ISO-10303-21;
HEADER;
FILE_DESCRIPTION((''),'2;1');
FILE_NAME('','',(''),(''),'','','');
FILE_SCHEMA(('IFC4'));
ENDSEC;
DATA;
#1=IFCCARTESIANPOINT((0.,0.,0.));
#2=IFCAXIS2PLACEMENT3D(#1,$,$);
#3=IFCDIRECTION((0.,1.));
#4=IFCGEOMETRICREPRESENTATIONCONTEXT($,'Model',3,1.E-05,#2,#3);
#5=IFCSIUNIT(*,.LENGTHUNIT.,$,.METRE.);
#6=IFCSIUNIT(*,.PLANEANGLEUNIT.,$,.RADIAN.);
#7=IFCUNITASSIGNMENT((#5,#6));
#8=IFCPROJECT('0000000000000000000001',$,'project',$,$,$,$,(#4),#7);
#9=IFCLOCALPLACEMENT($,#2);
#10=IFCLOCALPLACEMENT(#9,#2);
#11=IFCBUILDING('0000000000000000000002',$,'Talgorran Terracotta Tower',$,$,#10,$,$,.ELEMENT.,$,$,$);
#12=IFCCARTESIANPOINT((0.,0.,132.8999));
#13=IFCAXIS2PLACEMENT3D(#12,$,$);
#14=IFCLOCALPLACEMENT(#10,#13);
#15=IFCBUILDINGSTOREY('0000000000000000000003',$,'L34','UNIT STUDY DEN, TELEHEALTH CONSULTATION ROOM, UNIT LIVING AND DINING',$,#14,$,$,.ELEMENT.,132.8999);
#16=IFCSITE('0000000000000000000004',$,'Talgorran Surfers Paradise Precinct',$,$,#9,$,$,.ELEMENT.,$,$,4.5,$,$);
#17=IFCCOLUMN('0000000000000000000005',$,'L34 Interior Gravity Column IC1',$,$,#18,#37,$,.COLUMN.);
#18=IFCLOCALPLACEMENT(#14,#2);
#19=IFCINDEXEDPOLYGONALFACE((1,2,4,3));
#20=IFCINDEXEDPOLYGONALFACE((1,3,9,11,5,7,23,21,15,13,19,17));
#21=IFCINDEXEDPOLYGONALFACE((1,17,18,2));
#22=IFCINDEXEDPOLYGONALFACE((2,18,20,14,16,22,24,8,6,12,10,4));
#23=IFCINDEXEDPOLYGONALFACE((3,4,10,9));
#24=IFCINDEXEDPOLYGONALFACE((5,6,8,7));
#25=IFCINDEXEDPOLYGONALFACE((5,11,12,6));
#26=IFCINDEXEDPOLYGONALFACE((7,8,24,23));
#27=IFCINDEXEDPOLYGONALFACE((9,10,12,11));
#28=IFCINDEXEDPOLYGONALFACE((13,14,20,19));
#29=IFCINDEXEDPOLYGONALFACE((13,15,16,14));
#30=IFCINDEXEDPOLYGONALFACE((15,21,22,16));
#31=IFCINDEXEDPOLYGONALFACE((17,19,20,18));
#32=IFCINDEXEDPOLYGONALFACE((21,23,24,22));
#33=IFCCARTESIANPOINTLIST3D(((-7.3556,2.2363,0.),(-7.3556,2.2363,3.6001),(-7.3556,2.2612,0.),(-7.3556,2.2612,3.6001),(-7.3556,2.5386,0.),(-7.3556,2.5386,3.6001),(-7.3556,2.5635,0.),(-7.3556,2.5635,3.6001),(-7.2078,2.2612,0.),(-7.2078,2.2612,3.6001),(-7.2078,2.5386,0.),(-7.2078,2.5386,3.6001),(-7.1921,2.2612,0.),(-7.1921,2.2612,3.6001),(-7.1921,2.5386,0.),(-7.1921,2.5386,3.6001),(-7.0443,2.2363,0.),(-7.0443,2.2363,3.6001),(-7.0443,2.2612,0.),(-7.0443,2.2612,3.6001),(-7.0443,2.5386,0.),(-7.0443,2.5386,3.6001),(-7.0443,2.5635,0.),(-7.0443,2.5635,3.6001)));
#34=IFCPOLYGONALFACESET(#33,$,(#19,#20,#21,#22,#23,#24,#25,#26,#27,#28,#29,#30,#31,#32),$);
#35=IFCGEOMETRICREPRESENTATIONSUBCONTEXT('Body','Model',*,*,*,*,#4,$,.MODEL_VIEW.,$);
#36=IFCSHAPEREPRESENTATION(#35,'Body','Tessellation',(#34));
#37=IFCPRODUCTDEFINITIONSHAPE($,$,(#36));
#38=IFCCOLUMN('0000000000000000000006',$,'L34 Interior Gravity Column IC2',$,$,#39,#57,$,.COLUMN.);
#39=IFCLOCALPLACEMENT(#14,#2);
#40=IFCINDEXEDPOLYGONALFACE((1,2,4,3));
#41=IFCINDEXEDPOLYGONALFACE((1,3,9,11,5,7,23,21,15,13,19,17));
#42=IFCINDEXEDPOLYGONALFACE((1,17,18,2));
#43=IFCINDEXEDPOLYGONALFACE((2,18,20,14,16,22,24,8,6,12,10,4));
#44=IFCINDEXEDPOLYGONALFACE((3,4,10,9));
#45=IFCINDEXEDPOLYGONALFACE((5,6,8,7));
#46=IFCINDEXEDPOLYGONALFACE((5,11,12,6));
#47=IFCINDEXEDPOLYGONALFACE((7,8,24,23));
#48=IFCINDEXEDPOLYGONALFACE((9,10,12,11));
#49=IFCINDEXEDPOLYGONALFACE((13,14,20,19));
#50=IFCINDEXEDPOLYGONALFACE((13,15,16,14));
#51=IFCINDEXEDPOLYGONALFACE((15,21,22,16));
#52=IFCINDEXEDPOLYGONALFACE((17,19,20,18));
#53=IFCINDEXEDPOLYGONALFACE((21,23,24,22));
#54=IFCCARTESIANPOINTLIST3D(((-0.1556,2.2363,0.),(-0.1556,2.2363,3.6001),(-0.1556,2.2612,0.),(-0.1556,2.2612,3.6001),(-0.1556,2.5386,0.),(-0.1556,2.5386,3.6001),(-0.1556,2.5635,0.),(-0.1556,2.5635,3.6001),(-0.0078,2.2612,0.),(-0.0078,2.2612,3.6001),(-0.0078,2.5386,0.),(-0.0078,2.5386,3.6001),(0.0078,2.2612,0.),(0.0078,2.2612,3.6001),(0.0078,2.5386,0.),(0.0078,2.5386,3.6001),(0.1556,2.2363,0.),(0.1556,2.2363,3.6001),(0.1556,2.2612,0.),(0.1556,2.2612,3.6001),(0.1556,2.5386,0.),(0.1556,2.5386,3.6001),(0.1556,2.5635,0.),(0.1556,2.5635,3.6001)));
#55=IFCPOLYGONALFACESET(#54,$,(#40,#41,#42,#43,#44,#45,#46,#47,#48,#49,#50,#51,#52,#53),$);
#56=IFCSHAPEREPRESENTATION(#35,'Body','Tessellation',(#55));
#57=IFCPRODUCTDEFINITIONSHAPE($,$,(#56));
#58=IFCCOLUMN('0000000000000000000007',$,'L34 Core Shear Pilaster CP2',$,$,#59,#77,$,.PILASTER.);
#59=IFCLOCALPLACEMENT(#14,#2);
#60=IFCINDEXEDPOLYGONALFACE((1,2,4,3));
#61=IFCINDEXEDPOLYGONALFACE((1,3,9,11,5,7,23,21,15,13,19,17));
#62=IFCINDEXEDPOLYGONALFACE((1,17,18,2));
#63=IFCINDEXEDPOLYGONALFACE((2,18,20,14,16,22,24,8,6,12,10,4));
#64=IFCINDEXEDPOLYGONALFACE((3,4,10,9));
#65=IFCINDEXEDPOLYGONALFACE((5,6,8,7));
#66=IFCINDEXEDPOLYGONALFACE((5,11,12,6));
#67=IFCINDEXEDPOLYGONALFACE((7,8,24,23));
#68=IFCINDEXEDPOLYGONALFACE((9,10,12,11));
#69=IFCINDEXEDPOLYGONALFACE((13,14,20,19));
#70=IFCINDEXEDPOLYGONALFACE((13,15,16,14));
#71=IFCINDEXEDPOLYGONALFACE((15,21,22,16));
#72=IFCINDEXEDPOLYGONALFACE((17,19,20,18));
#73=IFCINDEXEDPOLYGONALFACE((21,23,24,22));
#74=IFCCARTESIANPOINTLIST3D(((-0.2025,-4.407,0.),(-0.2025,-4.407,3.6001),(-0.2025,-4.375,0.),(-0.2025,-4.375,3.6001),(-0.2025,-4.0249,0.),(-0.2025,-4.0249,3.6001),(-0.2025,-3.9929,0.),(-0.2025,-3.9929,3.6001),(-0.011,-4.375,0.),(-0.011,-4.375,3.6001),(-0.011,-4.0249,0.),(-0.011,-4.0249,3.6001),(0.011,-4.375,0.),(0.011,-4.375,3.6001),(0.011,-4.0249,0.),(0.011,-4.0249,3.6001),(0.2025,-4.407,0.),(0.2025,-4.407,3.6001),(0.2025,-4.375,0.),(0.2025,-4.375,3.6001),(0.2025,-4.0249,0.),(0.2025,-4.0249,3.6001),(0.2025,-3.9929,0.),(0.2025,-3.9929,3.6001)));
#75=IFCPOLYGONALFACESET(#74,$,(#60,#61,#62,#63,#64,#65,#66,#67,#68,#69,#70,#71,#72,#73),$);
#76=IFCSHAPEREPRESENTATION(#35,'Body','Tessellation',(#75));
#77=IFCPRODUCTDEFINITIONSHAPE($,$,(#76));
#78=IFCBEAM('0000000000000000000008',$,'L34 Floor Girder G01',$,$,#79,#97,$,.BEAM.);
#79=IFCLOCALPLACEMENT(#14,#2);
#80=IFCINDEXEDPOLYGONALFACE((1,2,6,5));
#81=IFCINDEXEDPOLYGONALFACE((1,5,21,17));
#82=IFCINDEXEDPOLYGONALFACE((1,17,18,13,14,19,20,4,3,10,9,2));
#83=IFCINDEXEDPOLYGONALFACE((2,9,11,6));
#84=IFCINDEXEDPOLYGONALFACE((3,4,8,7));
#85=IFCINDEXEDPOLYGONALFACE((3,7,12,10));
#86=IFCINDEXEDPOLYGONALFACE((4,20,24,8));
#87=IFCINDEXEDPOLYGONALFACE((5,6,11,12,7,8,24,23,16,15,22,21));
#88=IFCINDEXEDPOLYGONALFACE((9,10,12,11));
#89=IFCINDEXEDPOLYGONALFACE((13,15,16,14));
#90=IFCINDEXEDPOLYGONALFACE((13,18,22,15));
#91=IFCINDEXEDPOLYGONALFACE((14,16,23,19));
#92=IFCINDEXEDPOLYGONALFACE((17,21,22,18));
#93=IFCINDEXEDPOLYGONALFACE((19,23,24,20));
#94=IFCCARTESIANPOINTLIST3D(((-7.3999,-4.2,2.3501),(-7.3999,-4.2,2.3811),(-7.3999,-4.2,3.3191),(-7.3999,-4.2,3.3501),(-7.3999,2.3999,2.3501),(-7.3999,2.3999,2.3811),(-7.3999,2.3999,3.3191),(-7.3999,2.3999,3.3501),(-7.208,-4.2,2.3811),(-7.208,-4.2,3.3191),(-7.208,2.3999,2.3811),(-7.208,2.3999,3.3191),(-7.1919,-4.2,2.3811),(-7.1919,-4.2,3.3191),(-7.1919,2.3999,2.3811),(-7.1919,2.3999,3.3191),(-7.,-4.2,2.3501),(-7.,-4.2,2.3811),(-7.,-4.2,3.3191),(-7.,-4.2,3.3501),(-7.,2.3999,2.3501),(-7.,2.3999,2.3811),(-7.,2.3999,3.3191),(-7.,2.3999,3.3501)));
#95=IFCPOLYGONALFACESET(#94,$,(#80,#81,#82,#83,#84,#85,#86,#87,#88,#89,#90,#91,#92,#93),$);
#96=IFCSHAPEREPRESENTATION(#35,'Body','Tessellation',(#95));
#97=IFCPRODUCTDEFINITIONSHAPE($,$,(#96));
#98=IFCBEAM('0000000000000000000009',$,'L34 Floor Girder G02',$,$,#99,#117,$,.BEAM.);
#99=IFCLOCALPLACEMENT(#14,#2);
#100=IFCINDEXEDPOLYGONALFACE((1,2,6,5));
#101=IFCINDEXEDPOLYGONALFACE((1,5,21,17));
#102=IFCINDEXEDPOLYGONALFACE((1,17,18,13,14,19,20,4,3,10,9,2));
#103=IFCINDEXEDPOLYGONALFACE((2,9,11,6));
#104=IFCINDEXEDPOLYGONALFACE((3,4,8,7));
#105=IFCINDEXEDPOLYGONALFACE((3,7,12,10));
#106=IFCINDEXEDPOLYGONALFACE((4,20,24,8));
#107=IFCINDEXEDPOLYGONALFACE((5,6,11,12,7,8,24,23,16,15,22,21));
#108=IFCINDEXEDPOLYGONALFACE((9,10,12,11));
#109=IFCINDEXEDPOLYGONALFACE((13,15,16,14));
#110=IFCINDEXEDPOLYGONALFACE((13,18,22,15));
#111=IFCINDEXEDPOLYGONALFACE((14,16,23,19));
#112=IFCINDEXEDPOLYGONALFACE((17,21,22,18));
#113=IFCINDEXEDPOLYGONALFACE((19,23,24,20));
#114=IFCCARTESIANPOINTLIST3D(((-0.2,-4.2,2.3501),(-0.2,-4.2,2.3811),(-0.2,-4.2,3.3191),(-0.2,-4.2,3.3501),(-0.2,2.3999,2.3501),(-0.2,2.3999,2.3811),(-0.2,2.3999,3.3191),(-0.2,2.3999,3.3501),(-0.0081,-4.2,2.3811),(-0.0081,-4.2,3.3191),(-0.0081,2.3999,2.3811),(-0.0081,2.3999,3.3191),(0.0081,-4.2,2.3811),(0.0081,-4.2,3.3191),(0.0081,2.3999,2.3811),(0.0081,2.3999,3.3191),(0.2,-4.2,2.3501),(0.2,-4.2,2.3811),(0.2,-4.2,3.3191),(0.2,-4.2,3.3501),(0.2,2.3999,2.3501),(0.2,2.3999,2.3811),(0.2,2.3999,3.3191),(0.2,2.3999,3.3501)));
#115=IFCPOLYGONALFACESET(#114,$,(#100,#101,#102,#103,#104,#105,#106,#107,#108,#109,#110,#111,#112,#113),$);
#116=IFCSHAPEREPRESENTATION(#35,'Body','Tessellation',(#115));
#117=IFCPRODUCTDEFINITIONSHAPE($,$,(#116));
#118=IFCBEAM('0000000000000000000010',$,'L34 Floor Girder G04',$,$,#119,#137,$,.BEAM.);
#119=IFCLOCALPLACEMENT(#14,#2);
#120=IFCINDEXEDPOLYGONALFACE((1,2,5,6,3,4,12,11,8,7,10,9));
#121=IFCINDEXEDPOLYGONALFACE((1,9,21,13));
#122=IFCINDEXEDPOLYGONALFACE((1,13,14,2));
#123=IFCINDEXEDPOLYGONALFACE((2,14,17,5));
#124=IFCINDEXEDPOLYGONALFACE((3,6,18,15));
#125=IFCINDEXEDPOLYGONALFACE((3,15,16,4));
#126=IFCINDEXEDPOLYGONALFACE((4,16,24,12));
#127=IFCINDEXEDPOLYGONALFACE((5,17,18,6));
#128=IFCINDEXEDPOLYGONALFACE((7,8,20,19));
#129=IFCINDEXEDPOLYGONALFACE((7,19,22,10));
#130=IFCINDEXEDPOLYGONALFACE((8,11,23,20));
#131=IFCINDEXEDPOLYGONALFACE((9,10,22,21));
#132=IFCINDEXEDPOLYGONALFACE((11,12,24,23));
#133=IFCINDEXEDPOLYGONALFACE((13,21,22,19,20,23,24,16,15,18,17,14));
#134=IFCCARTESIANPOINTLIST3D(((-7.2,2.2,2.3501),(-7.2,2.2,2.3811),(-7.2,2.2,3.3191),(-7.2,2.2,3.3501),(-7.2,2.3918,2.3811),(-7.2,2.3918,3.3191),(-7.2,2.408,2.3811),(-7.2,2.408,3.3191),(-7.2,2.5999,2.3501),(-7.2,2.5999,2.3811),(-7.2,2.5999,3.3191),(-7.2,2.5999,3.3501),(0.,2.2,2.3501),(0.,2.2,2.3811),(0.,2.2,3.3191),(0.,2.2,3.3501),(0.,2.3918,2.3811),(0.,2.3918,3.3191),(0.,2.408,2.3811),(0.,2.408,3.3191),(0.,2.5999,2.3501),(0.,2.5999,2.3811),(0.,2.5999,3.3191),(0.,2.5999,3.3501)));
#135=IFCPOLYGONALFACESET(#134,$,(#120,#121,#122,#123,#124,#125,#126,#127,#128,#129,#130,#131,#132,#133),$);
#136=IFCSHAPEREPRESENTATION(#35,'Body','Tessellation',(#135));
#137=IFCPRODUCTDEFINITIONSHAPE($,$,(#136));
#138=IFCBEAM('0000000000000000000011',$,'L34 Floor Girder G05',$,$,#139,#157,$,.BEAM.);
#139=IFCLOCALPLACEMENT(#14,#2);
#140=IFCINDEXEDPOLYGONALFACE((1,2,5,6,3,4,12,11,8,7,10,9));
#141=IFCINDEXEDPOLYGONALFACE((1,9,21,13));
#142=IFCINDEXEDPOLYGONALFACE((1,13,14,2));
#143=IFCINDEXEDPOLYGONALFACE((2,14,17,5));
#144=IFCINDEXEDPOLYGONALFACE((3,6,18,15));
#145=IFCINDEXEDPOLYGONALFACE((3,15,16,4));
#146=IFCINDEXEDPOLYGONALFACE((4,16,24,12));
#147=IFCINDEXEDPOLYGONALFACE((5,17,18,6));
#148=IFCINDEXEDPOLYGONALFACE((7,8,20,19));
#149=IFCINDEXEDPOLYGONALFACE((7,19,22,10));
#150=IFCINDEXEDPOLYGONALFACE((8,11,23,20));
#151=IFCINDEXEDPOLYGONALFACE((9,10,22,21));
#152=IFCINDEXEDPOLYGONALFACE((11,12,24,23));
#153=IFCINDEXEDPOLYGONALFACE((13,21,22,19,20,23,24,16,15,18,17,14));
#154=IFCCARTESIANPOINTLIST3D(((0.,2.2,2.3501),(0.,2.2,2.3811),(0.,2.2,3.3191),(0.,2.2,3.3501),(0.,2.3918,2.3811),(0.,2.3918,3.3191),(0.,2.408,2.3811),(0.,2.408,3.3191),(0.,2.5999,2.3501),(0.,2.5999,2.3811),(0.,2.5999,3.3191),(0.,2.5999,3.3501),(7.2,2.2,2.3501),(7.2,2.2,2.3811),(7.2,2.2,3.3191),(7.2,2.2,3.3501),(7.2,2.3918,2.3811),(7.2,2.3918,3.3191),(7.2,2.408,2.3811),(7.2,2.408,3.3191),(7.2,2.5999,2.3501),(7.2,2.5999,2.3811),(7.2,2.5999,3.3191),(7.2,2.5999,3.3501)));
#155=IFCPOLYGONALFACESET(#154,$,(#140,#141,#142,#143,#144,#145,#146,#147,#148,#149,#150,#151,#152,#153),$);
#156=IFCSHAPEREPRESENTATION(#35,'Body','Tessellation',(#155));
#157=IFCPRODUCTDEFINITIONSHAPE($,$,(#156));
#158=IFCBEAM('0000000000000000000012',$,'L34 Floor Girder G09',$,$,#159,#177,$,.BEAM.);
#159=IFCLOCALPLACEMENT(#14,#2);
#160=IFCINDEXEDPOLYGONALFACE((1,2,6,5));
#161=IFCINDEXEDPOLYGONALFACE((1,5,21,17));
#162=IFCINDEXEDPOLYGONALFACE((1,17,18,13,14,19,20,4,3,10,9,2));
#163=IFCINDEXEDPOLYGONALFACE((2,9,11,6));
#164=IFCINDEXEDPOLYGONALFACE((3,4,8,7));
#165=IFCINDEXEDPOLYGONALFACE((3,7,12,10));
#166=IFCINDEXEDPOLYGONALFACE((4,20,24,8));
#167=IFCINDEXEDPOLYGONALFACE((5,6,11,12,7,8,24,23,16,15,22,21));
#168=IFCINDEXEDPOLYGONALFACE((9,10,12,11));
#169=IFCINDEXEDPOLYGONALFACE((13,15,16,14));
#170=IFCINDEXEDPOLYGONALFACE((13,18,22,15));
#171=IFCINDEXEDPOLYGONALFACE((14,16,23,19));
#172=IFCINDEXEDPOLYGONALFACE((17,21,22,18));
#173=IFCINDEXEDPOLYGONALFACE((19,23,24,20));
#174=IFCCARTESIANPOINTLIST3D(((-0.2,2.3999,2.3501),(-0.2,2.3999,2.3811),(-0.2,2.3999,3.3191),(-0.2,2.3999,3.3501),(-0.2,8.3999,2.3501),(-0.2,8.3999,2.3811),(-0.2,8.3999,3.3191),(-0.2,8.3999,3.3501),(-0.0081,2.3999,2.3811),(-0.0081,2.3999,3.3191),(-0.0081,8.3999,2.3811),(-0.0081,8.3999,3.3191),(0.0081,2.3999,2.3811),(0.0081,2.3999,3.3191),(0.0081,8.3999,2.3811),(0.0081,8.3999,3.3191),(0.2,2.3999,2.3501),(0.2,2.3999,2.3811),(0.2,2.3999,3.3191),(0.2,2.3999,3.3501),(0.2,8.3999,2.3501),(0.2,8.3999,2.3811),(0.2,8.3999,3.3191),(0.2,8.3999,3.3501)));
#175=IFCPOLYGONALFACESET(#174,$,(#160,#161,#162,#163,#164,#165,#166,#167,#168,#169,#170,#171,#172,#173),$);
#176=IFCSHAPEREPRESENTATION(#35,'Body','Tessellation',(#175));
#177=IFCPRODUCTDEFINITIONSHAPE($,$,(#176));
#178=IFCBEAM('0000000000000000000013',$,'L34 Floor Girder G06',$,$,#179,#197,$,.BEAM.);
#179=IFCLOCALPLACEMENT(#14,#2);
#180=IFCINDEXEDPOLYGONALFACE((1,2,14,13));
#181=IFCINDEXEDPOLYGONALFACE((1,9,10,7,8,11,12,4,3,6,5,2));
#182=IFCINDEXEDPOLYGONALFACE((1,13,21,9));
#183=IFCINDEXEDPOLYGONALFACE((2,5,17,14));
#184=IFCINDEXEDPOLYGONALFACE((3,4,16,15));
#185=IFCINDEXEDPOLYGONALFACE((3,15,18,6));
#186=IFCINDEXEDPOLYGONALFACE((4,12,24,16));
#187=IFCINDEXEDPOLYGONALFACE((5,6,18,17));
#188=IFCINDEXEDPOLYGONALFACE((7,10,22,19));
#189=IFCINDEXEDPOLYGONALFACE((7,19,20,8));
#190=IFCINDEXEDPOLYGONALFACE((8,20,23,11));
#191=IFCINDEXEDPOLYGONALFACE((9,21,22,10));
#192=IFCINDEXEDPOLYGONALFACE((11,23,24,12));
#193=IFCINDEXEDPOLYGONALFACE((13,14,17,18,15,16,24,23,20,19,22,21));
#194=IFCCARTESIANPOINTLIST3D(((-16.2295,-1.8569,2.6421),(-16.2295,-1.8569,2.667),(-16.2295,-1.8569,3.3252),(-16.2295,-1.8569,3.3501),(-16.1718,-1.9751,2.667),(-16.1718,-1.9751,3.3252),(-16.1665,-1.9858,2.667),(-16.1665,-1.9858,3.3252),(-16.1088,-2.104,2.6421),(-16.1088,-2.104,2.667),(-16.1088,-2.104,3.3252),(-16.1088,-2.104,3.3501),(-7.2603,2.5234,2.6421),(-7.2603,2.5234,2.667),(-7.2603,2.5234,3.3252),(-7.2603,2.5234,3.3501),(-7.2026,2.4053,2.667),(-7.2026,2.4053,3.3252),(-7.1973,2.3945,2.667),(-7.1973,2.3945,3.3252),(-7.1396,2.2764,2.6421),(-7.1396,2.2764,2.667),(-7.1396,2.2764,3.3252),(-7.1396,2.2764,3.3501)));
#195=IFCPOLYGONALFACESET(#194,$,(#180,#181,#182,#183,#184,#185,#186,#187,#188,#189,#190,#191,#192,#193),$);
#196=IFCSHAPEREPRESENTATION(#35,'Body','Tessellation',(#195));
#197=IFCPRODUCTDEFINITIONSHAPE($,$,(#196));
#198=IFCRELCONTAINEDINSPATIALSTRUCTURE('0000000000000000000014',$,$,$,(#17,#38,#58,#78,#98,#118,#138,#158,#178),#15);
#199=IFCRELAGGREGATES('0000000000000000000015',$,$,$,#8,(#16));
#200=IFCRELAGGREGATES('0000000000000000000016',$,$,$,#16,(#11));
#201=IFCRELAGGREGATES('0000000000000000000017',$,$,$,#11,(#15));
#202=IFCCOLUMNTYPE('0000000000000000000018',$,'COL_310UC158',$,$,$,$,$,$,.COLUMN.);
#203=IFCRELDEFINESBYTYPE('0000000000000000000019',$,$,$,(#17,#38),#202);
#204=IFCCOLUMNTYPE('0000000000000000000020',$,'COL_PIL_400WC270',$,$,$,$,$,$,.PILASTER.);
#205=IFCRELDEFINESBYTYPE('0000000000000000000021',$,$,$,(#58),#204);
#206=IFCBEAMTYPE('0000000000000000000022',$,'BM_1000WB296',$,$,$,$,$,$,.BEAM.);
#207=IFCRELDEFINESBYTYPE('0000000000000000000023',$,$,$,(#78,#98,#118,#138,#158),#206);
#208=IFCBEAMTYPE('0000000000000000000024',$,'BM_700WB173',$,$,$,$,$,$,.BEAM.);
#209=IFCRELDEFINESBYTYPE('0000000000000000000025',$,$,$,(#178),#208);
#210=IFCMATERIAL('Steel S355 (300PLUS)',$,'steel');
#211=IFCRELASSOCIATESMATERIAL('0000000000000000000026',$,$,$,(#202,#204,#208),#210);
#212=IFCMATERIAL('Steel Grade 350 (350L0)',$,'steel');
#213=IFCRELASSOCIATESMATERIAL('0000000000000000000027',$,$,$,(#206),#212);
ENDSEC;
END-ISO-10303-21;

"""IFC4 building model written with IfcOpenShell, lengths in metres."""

from ifc_helpers import new_model, si_unit, direction, frame, origin, origin_2d, place, context, subcontext, project, spatial, i_section, extrude, material, material_profile, profile_set, type_object, element, save


model = new_model("IFC4")

# Units and contexts
model_context = context("Model", 3, precision=1e-05, world=origin(), true_north=direction((0.0, 1.0)))
body_context = subcontext(model_context, "Body", "Model", "MODEL_VIEW")
ifc_project = project(units=[si_unit("LENGTHUNIT", "METRE"), si_unit("PLANEANGLEUNIT", "RADIAN")], contexts=[model_context])

# Site, building, storey
site_placement = place(None, origin())
site = spatial("IfcSite", under=ifc_project, at=site_placement, Name="Talgorran Surfers Paradise Precinct", CompositionType="ELEMENT", RefElevation=4.5)
building_placement = place(site_placement, origin())
building = spatial("IfcBuilding", under=site, at=building_placement, Name="Talgorran Terracotta Tower", CompositionType="ELEMENT")
storey_placement = place(building_placement, frame((0.0, 0.0, 132.8999)))
storey = spatial("IfcBuildingStorey", under=building, at=storey_placement, Name="L34", Description="UNIT STUDY DEN, TELEHEALTH CONSULTATION ROOM, UNIT LIVING AND DINING", CompositionType="ELEMENT", Elevation=132.8999)

# Columns
ifc_material_1 = material(Name="Steel S355 (300PLUS)", Category="steel")
ifc_material_profile_1 = material_profile(ifc_material_1, i_section(OverallWidth=0.3113, OverallDepth=0.3271, WebThickness=0.0156, FlangeThickness=0.0249, at=origin_2d()), Name="310UC158")
ifc_profile_set_1 = profile_set([ifc_material_profile_1], Name="Steel S355 (300PLUS)")
column_type_1 = type_object("IfcColumnType", Name="COL_310UC158", PredefinedType="COLUMN", material=ifc_profile_set_1)
for number, where, z_axis, x_axis, name in (
    (1, (-7.2, 2.3999, 0.0), (0.0, 0.0, 1.0), (1.0, 0.0, 0.0), "L34 Interior Gravity Column IC1"),
    (2, (0.0, 2.3999, 0.0), (0.0, 0.0, 1.0), (1.0, 0.0, 0.0), "L34 Interior Gravity Column IC2"),
):
    element("IfcColumn", number, at=place(storey_placement, frame(where, z_axis=z_axis, x_axis=x_axis)), inside=storey, type_object=column_type_1, Name=name, PredefinedType="COLUMN", context=body_context, shape_type="SweptSolid", body=[
        extrude(i_section(OverallWidth=0.3113, OverallDepth=0.3271, WebThickness=0.0156, FlangeThickness=0.0249, at=origin_2d()), origin(), (0.0, 0.0, 1.0), 3.6001),
    ])
ifc_material_profile_2 = material_profile(ifc_material_1, i_section(OverallWidth=0.405, OverallDepth=0.4141, WebThickness=0.022, FlangeThickness=0.032, at=origin_2d()), Name="400WC270")
ifc_profile_set_2 = profile_set([ifc_material_profile_2], Name="Steel S355 (300PLUS)")
column_type_2 = type_object("IfcColumnType", Name="COL_PIL_400WC270", PredefinedType="PILASTER", material=ifc_profile_set_2)
column_placement = place(storey_placement, frame((0.0, -4.2, 0.0), z_axis=(0.0, 0.0, 1.0), x_axis=(1.0, 0.0, 0.0)))
element("IfcColumn", 3, at=column_placement, inside=storey, type_object=column_type_2, Name="L34 Core Shear Pilaster CP2", PredefinedType="PILASTER", context=body_context, shape_type="SweptSolid", body=[
    extrude(i_section(OverallWidth=0.405, OverallDepth=0.4141, WebThickness=0.022, FlangeThickness=0.032, at=origin_2d()), origin(), (0.0, 0.0, 1.0), 3.6001),
])

# Beams
ifc_material_2 = material(Name="Steel Grade 350 (350L0)", Category="steel")
ifc_material_profile_3 = material_profile(ifc_material_2, i_section(OverallWidth=0.3999, OverallDepth=1.0, WebThickness=0.0161, FlangeThickness=0.031, at=origin_2d()), Name="1000WB296")
ifc_profile_set_3 = profile_set([ifc_material_profile_3], Name="Steel Grade 350 (350L0)")
beam_type_1 = type_object("IfcBeamType", Name="BM_1000WB296", PredefinedType="BEAM", material=ifc_profile_set_3)
for number, where, z_axis, x_axis, name in (
    (4, (-7.2, -4.2, 2.8501), (0.0, 1.0, 0.0), (-1.0, 0.0, 0.0), "L34 Floor Girder G01"),
    (5, (0.0, -4.2, 2.8501), (0.0, 1.0, 0.0), (-1.0, 0.0, 0.0), "L34 Floor Girder G02"),
):
    element("IfcBeam", number, at=place(storey_placement, frame(where, z_axis=z_axis, x_axis=x_axis)), inside=storey, type_object=beam_type_1, Name=name, PredefinedType="BEAM", context=body_context, shape_type="SweptSolid", body=[
        extrude(i_section(OverallWidth=0.3999, OverallDepth=1.0, WebThickness=0.0161, FlangeThickness=0.031, at=origin_2d()), origin(), (0.0, 0.0, 1.0), 6.5999),
    ])
for number, where, z_axis, x_axis, name in (
    (6, (-7.2, 2.3999, 2.8501), (1.0, 0.0, 0.0), (0.0, 1.0, 0.0), "L34 Floor Girder G04"),
    (7, (0.0, 2.3999, 2.8501), (1.0, 0.0, 0.0), (0.0, 1.0, 0.0), "L34 Floor Girder G05"),
):
    element("IfcBeam", number, at=place(storey_placement, frame(where, z_axis=z_axis, x_axis=x_axis)), inside=storey, type_object=beam_type_1, Name=name, PredefinedType="BEAM", context=body_context, shape_type="SweptSolid", body=[
        extrude(i_section(OverallWidth=0.3999, OverallDepth=1.0, WebThickness=0.0161, FlangeThickness=0.031, at=origin_2d()), origin(), (0.0, 0.0, 1.0), 7.2),
    ])
beam_1_placement = place(storey_placement, frame((0.0, 2.3999, 2.8501), z_axis=(0.0, 1.0, 0.0), x_axis=(-1.0, 0.0, 0.0)))
element("IfcBeam", 8, at=beam_1_placement, inside=storey, type_object=beam_type_1, Name="L34 Floor Girder G09", PredefinedType="BEAM", context=body_context, shape_type="SweptSolid", body=[
    extrude(i_section(OverallWidth=0.3999, OverallDepth=1.0, WebThickness=0.0161, FlangeThickness=0.031, at=origin_2d()), origin(), (0.0, 0.0, 1.0), 6.0),
])
ifc_material_profile_4 = material_profile(ifc_material_1, i_section(OverallWidth=0.2749, OverallDepth=0.708, WebThickness=0.012, FlangeThickness=0.0249, at=origin_2d()), Name="700WB173")
ifc_profile_set_4 = profile_set([ifc_material_profile_4], Name="Steel S355 (300PLUS)")
beam_type_2 = type_object("IfcBeamType", Name="BM_700WB173", PredefinedType="BEAM", material=ifc_profile_set_4)
beam_2_placement = place(storey_placement, frame((-7.2, 2.3999, 2.9961), z_axis=(-0.898566, -0.438839, 0.0), x_axis=(0.438839, -0.898566, 0.0)))
element("IfcBeam", 9, at=beam_2_placement, inside=storey, type_object=beam_type_2, Name="L34 Floor Girder G06", PredefinedType="BEAM", context=body_context, shape_type="SweptSolid", body=[
    extrude(i_section(OverallWidth=0.2749, OverallDepth=0.708, WebThickness=0.012, FlangeThickness=0.0249, at=origin_2d()), origin(), (0.0, 0.0, 1.0), 9.9817),
])

save(model, "model.ifc")
